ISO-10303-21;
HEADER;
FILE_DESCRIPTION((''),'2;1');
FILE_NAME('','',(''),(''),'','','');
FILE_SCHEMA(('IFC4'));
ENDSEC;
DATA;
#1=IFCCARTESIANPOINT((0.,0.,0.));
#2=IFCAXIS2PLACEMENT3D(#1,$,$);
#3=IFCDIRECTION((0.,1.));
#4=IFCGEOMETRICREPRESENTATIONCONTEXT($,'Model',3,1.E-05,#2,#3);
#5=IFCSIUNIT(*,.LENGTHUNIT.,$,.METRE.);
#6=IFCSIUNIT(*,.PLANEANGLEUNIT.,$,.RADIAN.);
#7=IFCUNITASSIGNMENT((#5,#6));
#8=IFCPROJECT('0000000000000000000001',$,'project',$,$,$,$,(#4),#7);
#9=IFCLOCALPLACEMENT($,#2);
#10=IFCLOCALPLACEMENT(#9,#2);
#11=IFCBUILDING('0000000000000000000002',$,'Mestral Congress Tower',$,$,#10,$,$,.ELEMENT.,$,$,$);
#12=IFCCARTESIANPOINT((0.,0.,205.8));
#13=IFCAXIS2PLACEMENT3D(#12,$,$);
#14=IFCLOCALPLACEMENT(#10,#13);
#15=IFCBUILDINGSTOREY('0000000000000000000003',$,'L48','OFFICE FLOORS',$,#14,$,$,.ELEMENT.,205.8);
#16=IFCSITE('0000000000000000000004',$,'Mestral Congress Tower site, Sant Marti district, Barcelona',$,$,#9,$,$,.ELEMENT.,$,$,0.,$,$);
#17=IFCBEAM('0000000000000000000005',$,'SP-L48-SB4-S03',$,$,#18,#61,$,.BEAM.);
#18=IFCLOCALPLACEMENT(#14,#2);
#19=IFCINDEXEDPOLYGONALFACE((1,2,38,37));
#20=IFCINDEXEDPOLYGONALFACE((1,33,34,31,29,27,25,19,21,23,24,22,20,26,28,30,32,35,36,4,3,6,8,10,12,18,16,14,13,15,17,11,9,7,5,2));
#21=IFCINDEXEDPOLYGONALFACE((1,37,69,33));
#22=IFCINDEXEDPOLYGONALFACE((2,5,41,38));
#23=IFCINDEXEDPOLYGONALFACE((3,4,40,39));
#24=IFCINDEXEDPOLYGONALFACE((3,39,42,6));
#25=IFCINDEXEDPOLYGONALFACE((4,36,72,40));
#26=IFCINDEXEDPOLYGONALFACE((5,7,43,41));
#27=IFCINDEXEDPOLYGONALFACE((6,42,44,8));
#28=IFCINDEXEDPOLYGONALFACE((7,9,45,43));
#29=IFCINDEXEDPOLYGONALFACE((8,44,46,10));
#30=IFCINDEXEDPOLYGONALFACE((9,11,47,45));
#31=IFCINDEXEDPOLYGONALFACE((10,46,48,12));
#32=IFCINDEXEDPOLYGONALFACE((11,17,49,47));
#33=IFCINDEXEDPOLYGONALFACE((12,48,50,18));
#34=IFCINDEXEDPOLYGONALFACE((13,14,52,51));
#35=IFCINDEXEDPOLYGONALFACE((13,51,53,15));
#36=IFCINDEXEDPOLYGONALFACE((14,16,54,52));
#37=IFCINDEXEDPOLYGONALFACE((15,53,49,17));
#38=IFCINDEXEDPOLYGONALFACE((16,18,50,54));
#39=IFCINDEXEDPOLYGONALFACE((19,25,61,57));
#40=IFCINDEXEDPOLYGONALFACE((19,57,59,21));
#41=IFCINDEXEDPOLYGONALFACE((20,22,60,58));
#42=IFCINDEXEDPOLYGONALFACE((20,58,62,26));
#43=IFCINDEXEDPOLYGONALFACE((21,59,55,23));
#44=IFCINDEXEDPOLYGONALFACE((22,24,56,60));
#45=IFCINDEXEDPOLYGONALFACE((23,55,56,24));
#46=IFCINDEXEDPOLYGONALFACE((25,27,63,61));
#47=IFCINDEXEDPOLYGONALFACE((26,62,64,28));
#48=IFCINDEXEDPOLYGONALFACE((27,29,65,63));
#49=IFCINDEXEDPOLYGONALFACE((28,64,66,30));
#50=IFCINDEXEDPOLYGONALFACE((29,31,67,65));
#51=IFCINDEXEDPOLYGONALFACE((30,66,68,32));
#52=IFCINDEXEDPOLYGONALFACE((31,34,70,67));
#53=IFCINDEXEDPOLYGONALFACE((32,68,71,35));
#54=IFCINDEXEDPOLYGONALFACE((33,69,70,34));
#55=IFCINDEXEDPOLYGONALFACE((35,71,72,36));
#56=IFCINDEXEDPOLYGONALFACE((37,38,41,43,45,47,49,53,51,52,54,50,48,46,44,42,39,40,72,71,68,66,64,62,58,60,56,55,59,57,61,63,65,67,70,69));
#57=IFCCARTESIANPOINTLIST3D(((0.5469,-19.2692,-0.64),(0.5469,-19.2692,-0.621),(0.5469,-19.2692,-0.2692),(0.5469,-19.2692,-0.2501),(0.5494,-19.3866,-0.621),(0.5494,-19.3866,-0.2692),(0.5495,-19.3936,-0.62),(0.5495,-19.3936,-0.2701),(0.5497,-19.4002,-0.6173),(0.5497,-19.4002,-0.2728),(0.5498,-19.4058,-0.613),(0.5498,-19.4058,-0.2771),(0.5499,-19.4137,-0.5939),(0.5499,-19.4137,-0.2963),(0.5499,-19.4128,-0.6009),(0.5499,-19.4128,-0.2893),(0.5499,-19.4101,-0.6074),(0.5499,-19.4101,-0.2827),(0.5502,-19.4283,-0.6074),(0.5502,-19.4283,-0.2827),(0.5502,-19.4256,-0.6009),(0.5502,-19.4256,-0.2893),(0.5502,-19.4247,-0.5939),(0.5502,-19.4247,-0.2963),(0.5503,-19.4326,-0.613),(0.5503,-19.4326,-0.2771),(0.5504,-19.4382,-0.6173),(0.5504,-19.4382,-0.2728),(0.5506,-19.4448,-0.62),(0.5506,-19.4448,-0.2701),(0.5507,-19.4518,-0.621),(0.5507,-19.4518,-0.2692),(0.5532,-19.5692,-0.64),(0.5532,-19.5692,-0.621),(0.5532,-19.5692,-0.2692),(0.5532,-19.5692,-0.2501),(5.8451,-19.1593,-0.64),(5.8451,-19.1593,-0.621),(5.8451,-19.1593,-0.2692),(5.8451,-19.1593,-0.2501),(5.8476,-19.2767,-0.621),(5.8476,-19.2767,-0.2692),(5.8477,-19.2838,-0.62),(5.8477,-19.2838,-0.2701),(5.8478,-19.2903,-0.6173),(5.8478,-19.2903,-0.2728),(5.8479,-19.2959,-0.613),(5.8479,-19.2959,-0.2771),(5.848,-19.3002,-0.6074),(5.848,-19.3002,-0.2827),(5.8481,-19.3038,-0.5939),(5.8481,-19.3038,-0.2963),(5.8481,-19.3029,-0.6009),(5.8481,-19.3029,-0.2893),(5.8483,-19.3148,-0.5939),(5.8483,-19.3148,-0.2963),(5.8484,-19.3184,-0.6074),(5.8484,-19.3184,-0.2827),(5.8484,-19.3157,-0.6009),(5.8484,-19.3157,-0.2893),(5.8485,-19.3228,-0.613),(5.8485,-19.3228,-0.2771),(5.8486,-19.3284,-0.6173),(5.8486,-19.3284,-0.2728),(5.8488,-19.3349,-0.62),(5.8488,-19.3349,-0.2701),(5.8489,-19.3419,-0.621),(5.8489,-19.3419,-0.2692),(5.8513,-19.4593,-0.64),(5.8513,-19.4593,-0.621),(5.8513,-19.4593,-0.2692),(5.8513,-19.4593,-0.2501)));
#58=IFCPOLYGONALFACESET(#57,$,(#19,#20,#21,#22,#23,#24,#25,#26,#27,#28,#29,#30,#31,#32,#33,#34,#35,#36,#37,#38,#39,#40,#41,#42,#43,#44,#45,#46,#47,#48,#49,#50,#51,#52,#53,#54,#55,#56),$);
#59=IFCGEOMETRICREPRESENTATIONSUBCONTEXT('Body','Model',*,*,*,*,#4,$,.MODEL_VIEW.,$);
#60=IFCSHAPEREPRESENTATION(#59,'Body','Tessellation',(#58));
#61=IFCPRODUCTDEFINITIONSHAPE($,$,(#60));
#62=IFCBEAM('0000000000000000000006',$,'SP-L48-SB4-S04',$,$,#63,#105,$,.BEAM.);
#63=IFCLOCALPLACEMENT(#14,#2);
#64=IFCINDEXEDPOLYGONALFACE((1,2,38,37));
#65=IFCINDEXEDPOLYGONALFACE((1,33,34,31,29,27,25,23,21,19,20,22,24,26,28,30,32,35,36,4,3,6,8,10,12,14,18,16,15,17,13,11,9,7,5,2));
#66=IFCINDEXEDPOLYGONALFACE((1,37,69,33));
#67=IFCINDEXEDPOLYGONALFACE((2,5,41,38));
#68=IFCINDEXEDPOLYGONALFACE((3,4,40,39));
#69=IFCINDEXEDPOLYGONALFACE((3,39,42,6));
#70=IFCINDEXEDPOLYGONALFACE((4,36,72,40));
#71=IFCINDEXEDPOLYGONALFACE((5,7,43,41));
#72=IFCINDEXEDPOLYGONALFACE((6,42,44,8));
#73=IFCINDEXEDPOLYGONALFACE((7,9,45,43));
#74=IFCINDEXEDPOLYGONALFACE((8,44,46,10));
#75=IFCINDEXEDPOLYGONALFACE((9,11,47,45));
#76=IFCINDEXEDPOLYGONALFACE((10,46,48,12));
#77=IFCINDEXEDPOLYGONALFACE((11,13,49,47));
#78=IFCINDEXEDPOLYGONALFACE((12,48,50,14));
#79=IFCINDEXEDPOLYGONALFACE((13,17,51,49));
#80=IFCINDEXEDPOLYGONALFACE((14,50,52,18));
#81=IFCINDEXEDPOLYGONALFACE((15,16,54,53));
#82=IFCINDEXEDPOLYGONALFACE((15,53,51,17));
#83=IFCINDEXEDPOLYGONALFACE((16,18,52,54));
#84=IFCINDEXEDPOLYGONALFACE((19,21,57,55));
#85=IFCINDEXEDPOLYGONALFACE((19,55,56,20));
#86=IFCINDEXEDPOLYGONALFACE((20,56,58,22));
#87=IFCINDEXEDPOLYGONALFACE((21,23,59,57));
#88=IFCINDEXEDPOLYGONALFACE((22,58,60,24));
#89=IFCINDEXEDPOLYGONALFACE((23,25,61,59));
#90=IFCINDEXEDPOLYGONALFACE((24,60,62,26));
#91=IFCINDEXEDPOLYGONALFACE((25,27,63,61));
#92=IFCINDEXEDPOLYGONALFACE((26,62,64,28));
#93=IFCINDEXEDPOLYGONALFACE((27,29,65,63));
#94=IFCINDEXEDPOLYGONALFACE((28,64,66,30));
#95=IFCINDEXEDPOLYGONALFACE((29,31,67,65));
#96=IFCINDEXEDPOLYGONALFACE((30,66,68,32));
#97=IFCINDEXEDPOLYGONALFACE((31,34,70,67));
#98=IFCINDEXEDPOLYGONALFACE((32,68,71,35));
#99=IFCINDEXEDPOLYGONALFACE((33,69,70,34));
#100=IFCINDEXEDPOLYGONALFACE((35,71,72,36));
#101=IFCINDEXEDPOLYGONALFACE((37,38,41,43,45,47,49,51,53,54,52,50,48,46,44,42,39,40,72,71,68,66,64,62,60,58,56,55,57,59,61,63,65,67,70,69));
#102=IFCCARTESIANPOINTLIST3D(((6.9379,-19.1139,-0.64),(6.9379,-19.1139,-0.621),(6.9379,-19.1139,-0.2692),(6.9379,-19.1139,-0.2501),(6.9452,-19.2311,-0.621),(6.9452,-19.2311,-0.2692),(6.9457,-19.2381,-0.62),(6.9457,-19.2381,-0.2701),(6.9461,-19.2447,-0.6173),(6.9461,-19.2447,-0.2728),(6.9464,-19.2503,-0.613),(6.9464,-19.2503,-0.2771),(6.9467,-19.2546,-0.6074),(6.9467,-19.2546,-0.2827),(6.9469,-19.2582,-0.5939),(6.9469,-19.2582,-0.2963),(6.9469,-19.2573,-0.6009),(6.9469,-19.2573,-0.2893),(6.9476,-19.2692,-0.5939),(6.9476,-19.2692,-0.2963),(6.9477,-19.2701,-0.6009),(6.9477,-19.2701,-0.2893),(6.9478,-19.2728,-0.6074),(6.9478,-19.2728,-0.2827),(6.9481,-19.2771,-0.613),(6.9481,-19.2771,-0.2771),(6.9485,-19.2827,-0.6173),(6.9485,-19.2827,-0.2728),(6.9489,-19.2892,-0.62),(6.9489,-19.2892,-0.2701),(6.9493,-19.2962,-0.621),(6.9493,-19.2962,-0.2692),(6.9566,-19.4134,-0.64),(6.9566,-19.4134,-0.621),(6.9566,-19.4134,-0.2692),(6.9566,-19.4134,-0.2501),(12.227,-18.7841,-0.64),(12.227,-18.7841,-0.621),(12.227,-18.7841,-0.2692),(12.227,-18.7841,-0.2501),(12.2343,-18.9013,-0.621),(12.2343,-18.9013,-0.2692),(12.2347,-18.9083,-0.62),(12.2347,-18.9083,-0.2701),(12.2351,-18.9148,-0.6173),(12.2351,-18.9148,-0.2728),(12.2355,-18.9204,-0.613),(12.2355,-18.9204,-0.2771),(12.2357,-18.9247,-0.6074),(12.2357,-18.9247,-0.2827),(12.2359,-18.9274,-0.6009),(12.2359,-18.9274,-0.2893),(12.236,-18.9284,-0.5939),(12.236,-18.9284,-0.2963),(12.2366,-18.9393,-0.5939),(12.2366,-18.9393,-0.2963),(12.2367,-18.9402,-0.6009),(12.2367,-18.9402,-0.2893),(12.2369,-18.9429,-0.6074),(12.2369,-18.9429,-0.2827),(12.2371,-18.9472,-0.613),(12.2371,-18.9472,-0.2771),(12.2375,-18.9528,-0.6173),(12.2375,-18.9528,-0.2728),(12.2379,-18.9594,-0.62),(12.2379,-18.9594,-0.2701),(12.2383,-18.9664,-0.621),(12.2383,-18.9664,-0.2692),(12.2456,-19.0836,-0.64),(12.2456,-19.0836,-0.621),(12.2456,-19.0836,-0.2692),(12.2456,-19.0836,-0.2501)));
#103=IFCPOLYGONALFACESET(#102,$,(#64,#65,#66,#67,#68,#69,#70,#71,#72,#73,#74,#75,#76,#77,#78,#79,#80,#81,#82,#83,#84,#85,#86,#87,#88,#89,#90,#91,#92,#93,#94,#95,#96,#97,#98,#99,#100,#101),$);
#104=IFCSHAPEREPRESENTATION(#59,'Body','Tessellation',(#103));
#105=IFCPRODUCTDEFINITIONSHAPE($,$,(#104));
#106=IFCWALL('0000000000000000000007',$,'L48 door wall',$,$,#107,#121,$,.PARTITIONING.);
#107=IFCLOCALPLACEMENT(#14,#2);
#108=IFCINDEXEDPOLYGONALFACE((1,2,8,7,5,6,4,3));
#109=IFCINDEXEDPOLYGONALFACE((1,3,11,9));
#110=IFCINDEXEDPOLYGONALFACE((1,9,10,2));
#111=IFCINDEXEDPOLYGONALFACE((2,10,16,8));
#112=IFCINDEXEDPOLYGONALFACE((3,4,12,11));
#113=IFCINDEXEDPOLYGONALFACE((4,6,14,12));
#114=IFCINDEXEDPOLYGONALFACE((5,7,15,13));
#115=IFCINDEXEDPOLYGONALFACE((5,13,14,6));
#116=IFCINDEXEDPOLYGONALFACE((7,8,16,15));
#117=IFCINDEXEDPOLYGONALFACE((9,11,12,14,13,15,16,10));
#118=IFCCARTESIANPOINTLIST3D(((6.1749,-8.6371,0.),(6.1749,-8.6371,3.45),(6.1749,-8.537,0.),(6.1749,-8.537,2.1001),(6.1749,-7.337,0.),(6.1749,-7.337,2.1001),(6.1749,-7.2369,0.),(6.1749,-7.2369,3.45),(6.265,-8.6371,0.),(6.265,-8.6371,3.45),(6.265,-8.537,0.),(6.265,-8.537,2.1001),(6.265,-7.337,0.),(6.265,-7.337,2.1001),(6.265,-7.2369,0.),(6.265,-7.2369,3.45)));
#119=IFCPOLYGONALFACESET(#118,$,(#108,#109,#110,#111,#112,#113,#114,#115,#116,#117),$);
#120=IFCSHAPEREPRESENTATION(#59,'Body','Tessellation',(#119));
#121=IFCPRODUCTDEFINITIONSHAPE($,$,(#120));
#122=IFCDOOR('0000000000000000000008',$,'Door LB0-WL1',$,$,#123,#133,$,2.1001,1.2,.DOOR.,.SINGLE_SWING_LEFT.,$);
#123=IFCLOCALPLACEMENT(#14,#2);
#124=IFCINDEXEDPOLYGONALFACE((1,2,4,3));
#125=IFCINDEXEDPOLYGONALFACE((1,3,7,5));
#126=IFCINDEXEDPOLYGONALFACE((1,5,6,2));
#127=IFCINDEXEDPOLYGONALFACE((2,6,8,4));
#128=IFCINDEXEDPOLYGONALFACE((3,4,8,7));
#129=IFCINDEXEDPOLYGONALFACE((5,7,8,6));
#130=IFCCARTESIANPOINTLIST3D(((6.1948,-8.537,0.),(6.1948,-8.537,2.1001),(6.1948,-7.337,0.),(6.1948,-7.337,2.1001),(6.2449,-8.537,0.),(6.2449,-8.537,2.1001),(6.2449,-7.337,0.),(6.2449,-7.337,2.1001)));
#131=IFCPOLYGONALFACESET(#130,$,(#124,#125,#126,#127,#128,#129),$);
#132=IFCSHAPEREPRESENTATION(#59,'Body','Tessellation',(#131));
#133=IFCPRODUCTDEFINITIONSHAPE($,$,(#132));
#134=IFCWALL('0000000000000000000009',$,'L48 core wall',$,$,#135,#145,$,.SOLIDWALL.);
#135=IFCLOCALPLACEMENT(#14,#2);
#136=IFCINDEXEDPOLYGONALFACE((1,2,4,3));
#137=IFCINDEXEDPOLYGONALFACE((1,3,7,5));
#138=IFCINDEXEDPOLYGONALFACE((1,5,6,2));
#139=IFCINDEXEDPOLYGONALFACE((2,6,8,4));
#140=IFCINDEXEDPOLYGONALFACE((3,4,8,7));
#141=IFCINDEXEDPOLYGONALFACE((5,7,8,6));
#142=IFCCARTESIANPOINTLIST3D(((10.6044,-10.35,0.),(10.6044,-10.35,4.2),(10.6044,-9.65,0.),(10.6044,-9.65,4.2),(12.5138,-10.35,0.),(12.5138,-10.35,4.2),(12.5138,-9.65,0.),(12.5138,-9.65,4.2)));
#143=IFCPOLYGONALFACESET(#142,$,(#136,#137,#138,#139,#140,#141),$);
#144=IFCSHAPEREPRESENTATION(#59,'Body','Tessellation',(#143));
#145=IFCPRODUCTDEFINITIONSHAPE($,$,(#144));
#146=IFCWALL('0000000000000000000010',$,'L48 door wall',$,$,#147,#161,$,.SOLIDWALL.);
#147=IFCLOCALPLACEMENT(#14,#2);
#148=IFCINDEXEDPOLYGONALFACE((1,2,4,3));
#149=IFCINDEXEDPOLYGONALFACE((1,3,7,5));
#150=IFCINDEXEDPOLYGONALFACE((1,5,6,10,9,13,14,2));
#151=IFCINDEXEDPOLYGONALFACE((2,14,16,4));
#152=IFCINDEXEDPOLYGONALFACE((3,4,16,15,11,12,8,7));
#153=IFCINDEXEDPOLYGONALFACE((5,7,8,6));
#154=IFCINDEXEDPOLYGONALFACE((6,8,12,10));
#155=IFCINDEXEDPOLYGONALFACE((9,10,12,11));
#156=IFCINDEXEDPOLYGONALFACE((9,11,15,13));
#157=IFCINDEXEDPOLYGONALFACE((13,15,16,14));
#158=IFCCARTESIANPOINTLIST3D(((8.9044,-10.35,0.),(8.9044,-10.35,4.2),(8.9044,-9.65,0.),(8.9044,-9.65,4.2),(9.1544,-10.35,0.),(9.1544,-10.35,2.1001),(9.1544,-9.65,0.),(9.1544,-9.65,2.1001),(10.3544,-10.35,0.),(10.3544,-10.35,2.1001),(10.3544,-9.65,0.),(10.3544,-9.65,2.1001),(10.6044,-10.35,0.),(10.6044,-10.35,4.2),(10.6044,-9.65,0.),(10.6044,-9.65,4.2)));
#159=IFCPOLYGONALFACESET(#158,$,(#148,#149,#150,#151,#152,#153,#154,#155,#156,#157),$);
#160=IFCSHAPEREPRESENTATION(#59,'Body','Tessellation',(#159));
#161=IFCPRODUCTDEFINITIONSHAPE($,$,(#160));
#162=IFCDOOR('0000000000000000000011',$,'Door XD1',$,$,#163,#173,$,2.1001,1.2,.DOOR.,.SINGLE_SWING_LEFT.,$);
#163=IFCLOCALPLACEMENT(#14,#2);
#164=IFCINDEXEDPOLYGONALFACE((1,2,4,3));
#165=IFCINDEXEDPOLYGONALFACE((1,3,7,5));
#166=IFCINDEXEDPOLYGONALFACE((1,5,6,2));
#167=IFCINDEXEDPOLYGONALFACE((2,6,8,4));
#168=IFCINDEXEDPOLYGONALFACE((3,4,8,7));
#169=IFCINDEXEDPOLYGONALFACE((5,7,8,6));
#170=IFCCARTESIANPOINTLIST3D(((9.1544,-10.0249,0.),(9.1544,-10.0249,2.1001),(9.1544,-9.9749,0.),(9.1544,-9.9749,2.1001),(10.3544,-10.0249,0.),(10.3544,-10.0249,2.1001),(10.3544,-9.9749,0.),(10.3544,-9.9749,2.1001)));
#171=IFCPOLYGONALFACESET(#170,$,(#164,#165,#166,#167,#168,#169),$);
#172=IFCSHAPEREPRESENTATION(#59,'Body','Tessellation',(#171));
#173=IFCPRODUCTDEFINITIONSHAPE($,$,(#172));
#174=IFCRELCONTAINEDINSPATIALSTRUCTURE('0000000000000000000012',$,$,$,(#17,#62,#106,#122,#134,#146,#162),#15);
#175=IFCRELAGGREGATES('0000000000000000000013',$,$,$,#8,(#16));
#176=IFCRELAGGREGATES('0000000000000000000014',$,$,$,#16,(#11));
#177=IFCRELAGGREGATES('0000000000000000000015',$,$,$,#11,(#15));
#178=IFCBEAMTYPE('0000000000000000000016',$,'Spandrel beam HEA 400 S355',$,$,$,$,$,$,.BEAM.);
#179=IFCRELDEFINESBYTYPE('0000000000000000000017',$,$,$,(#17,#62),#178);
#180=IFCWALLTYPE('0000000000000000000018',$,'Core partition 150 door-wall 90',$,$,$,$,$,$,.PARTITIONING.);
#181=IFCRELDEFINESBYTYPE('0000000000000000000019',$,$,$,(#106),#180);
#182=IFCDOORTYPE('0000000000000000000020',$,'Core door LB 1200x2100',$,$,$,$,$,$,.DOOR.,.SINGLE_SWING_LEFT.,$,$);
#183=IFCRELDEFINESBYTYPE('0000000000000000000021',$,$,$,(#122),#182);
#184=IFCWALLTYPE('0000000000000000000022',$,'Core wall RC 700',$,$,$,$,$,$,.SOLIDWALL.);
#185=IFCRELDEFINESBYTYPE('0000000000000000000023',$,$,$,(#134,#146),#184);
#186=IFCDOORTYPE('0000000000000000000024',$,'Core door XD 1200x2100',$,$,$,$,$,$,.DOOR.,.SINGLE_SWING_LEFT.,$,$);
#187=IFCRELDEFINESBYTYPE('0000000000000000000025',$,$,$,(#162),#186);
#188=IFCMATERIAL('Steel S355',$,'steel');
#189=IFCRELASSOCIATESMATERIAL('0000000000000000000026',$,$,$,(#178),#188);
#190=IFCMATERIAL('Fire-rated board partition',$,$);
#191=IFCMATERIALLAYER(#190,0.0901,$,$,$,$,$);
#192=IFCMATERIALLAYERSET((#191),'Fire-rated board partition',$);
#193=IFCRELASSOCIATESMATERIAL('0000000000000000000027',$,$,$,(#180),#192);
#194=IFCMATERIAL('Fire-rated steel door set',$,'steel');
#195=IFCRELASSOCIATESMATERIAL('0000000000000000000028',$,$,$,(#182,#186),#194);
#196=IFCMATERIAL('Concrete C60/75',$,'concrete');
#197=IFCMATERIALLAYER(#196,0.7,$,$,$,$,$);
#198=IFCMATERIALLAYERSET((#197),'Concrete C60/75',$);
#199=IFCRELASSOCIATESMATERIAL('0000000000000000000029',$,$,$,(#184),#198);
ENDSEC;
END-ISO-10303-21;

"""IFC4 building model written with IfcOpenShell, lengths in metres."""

from ifc_helpers import new_model, si_unit, direction, frame, frame_2d, origin, origin_2d, place, context, subcontext, project, spatial, rectangle, i_section, extrude, material, layer, layer_set, material_profile, profile_set, type_object, element, fill, save


model = new_model("IFC4")

# Units and contexts
model_context = context("Model", 3, precision=1e-05, world=origin(), true_north=direction((0.0, 1.0)))
body_context = subcontext(model_context, "Body", "Model", "MODEL_VIEW")
ifc_project = project(units=[si_unit("LENGTHUNIT", "METRE"), si_unit("PLANEANGLEUNIT", "RADIAN")], contexts=[model_context])

# Site, building, storey
site_placement = place(None, origin())
site = spatial("IfcSite", under=ifc_project, at=site_placement, Name="Mestral Congress Tower site, Sant Marti district, Barcelona", CompositionType="ELEMENT", RefElevation=0.0)
building_placement = place(site_placement, origin())
building = spatial("IfcBuilding", under=site, at=building_placement, Name="Mestral Congress Tower", CompositionType="ELEMENT")
storey_placement = place(building_placement, frame((0.0, 0.0, 205.8)))
storey = spatial("IfcBuildingStorey", under=building, at=storey_placement, Name="L48", Description="OFFICE FLOORS", CompositionType="ELEMENT", Elevation=205.8)

# Shared definitions
ifc_material_1 = material(Name="Concrete C60/75", Category="concrete")

# Beams
ifc_material_2 = material(Name="Steel S355", Category="steel")
ifc_material_profile_1 = material_profile(ifc_material_2, i_section(OverallWidth=0.3, OverallDepth=0.3899, WebThickness=0.011, FlangeThickness=0.019, FilletRadius=0.0271, at=origin_2d()), Name="HEA 400")
ifc_profile_set_1 = profile_set([ifc_material_profile_1], Name="Steel S355")
beam_type_1 = type_object("IfcBeamType", Name="Spandrel beam HEA 400 S355", PredefinedType="BEAM", material=ifc_profile_set_1)
for number, where, z_axis, x_axis, name in (
    (1, (0.55, -19.4192, -0.4451), (0.999785, 0.020732, 0.0), (-0.020732, 0.999785, 0.0), "SP-L48-SB4-S03"),
    (2, (6.9473, -19.2637, -0.4451), (0.998061, 0.062241, 0.0), (-0.062241, 0.998061, 0.0), "SP-L48-SB4-S04"),
):
    element("IfcBeam", number, at=place(storey_placement, frame(where, z_axis=z_axis, x_axis=x_axis)), inside=storey, type_object=beam_type_1, Name=name, PredefinedType="BEAM", context=body_context, shape_type="SweptSolid", body=[
        extrude(i_section(OverallWidth=0.3, OverallDepth=0.3899, WebThickness=0.011, FlangeThickness=0.019, FilletRadius=0.0271, at=origin_2d()), origin(), (0.0, 0.0, 1.0), 5.2993),
    ])

# Wall, opening, door
ifc_material_3 = material(Name="Fire-rated board partition")
ifc_layer_1 = layer(ifc_material_3, 0.0901)
ifc_layer_set_1 = layer_set([ifc_layer_1], Name="Fire-rated board partition")
wall_type_1 = type_object("IfcWallType", Name="Core partition 150 door-wall 90", PredefinedType="PARTITIONING", material=ifc_layer_set_1)
wall_1_placement = place(storey_placement, frame((6.22, -7.2368, 0.0), z_axis=(0.0, 0.0, 1.0), x_axis=(0.0, -1.0, 0.0)))
wall_1 = element("IfcWall", 3, at=wall_1_placement, inside=storey, type_object=wall_type_1, Name="L48 door wall", PredefinedType="PARTITIONING", context=body_context, shape_type="SweptSolid", body=[
    extrude(rectangle(XDim=1.4001, YDim=0.0901, at=frame_2d((0.7002, 0.0))), origin(), (0.0, 0.0, 1.0), 3.45),
])
opening_1_placement = place(wall_1_placement, frame((0.1001, 0.0, 0.0)))
opening_1 = element("IfcOpeningElement", 4, at=opening_1_placement, cuts=wall_1, PredefinedType="OPENING", context=body_context, shape_type="SweptSolid", body=[
    extrude(rectangle(XDim=1.2, YDim=2.1001, at=frame_2d((0.6001, 1.05))), frame((0.0, 0.0549, 0.0), z_axis=(0.0, -1.0, 0.0), x_axis=(1.0, 0.0, 0.0)), (0.0, 0.0, 1.0), 0.1101),
])
ifc_material_4 = material(Name="Fire-rated steel door set", Category="steel")
door_type_1 = type_object("IfcDoorType", Name="Core door LB 1200x2100", OperationType="SINGLE_SWING_LEFT", PredefinedType="DOOR", material=ifc_material_4)
door_1_placement = place(opening_1_placement, origin())
door_1 = element("IfcDoor", 5, at=door_1_placement, inside=storey, type_object=door_type_1, Name="Door LB0-WL1", OperationType="SINGLE_SWING_LEFT", OverallHeight=2.1001, OverallWidth=1.2, PredefinedType="DOOR", context=body_context, shape_type="SweptSolid", body=[
    extrude(rectangle(XDim=1.2, YDim=2.1001, at=frame_2d((0.6001, 1.05))), frame((0.0, 0.0249, 0.0), z_axis=(0.0, -1.0, 0.0), x_axis=(1.0, 0.0, 0.0)), (0.0, 0.0, 1.0), 0.05),
])
fill(opening_1, door_1)

# Wall
ifc_layer_2 = layer(ifc_material_1, 0.7)
ifc_layer_set_2 = layer_set([ifc_layer_2], Name="Concrete C60/75")
wall_type_2 = type_object("IfcWallType", Name="Core wall RC 700", PredefinedType="SOLIDWALL", material=ifc_layer_set_2)
wall_2_placement = place(storey_placement, frame((10.6045, -10.0, 0.0), z_axis=(0.0, 0.0, 1.0), x_axis=(1.0, 0.0, 0.0)))
element("IfcWall", 6, at=wall_2_placement, inside=storey, type_object=wall_type_2, Name="L48 core wall", PredefinedType="SOLIDWALL", context=body_context, shape_type="SweptSolid", body=[
    extrude(rectangle(XDim=1.9094, YDim=0.7, at=frame_2d((0.9546, 0.0))), origin(), (0.0, 0.0, 1.0), 4.2),
])

# Wall, opening, door
wall_3_placement = place(storey_placement, frame((10.6045, -10.0, 0.0), z_axis=(0.0, 0.0, 1.0), x_axis=(-1.0, 0.0, 0.0)))
wall_3 = element("IfcWall", 7, at=wall_3_placement, inside=storey, type_object=wall_type_2, Name="L48 door wall", PredefinedType="SOLIDWALL", context=body_context, shape_type="SweptSolid", body=[
    extrude(rectangle(XDim=1.7, YDim=0.7, at=frame_2d((0.8501, 0.0))), origin(), (0.0, 0.0, 1.0), 4.2),
])
opening_2_placement = place(wall_3_placement, frame((0.25, 0.0, 0.0)))
opening_2 = element("IfcOpeningElement", 8, at=opening_2_placement, cuts=wall_3, PredefinedType="OPENING", context=body_context, shape_type="SweptSolid", body=[
    extrude(rectangle(XDim=1.2, YDim=2.1001, at=frame_2d((0.6001, 1.05))), frame((0.0, 0.3599, 0.0), z_axis=(0.0, -1.0, 0.0), x_axis=(1.0, 0.0, 0.0)), (0.0, 0.0, 1.0), 0.72),
])
door_type_2 = type_object("IfcDoorType", Name="Core door XD 1200x2100", OperationType="SINGLE_SWING_LEFT", PredefinedType="DOOR", material=ifc_material_4)
door_2_placement = place(opening_2_placement, origin())
door_2 = element("IfcDoor", 9, at=door_2_placement, inside=storey, type_object=door_type_2, Name="Door XD1", OperationType="SINGLE_SWING_LEFT", OverallHeight=2.1001, OverallWidth=1.2, PredefinedType="DOOR", context=body_context, shape_type="SweptSolid", body=[
    extrude(rectangle(XDim=1.2, YDim=2.1001, at=frame_2d((0.6001, 1.05))), frame((0.0, 0.0249, 0.0), z_axis=(0.0, -1.0, 0.0), x_axis=(1.0, 0.0, 0.0)), (0.0, 0.0, 1.0), 0.05),
])
fill(opening_2, door_2)

save(model, "model.ifc")
